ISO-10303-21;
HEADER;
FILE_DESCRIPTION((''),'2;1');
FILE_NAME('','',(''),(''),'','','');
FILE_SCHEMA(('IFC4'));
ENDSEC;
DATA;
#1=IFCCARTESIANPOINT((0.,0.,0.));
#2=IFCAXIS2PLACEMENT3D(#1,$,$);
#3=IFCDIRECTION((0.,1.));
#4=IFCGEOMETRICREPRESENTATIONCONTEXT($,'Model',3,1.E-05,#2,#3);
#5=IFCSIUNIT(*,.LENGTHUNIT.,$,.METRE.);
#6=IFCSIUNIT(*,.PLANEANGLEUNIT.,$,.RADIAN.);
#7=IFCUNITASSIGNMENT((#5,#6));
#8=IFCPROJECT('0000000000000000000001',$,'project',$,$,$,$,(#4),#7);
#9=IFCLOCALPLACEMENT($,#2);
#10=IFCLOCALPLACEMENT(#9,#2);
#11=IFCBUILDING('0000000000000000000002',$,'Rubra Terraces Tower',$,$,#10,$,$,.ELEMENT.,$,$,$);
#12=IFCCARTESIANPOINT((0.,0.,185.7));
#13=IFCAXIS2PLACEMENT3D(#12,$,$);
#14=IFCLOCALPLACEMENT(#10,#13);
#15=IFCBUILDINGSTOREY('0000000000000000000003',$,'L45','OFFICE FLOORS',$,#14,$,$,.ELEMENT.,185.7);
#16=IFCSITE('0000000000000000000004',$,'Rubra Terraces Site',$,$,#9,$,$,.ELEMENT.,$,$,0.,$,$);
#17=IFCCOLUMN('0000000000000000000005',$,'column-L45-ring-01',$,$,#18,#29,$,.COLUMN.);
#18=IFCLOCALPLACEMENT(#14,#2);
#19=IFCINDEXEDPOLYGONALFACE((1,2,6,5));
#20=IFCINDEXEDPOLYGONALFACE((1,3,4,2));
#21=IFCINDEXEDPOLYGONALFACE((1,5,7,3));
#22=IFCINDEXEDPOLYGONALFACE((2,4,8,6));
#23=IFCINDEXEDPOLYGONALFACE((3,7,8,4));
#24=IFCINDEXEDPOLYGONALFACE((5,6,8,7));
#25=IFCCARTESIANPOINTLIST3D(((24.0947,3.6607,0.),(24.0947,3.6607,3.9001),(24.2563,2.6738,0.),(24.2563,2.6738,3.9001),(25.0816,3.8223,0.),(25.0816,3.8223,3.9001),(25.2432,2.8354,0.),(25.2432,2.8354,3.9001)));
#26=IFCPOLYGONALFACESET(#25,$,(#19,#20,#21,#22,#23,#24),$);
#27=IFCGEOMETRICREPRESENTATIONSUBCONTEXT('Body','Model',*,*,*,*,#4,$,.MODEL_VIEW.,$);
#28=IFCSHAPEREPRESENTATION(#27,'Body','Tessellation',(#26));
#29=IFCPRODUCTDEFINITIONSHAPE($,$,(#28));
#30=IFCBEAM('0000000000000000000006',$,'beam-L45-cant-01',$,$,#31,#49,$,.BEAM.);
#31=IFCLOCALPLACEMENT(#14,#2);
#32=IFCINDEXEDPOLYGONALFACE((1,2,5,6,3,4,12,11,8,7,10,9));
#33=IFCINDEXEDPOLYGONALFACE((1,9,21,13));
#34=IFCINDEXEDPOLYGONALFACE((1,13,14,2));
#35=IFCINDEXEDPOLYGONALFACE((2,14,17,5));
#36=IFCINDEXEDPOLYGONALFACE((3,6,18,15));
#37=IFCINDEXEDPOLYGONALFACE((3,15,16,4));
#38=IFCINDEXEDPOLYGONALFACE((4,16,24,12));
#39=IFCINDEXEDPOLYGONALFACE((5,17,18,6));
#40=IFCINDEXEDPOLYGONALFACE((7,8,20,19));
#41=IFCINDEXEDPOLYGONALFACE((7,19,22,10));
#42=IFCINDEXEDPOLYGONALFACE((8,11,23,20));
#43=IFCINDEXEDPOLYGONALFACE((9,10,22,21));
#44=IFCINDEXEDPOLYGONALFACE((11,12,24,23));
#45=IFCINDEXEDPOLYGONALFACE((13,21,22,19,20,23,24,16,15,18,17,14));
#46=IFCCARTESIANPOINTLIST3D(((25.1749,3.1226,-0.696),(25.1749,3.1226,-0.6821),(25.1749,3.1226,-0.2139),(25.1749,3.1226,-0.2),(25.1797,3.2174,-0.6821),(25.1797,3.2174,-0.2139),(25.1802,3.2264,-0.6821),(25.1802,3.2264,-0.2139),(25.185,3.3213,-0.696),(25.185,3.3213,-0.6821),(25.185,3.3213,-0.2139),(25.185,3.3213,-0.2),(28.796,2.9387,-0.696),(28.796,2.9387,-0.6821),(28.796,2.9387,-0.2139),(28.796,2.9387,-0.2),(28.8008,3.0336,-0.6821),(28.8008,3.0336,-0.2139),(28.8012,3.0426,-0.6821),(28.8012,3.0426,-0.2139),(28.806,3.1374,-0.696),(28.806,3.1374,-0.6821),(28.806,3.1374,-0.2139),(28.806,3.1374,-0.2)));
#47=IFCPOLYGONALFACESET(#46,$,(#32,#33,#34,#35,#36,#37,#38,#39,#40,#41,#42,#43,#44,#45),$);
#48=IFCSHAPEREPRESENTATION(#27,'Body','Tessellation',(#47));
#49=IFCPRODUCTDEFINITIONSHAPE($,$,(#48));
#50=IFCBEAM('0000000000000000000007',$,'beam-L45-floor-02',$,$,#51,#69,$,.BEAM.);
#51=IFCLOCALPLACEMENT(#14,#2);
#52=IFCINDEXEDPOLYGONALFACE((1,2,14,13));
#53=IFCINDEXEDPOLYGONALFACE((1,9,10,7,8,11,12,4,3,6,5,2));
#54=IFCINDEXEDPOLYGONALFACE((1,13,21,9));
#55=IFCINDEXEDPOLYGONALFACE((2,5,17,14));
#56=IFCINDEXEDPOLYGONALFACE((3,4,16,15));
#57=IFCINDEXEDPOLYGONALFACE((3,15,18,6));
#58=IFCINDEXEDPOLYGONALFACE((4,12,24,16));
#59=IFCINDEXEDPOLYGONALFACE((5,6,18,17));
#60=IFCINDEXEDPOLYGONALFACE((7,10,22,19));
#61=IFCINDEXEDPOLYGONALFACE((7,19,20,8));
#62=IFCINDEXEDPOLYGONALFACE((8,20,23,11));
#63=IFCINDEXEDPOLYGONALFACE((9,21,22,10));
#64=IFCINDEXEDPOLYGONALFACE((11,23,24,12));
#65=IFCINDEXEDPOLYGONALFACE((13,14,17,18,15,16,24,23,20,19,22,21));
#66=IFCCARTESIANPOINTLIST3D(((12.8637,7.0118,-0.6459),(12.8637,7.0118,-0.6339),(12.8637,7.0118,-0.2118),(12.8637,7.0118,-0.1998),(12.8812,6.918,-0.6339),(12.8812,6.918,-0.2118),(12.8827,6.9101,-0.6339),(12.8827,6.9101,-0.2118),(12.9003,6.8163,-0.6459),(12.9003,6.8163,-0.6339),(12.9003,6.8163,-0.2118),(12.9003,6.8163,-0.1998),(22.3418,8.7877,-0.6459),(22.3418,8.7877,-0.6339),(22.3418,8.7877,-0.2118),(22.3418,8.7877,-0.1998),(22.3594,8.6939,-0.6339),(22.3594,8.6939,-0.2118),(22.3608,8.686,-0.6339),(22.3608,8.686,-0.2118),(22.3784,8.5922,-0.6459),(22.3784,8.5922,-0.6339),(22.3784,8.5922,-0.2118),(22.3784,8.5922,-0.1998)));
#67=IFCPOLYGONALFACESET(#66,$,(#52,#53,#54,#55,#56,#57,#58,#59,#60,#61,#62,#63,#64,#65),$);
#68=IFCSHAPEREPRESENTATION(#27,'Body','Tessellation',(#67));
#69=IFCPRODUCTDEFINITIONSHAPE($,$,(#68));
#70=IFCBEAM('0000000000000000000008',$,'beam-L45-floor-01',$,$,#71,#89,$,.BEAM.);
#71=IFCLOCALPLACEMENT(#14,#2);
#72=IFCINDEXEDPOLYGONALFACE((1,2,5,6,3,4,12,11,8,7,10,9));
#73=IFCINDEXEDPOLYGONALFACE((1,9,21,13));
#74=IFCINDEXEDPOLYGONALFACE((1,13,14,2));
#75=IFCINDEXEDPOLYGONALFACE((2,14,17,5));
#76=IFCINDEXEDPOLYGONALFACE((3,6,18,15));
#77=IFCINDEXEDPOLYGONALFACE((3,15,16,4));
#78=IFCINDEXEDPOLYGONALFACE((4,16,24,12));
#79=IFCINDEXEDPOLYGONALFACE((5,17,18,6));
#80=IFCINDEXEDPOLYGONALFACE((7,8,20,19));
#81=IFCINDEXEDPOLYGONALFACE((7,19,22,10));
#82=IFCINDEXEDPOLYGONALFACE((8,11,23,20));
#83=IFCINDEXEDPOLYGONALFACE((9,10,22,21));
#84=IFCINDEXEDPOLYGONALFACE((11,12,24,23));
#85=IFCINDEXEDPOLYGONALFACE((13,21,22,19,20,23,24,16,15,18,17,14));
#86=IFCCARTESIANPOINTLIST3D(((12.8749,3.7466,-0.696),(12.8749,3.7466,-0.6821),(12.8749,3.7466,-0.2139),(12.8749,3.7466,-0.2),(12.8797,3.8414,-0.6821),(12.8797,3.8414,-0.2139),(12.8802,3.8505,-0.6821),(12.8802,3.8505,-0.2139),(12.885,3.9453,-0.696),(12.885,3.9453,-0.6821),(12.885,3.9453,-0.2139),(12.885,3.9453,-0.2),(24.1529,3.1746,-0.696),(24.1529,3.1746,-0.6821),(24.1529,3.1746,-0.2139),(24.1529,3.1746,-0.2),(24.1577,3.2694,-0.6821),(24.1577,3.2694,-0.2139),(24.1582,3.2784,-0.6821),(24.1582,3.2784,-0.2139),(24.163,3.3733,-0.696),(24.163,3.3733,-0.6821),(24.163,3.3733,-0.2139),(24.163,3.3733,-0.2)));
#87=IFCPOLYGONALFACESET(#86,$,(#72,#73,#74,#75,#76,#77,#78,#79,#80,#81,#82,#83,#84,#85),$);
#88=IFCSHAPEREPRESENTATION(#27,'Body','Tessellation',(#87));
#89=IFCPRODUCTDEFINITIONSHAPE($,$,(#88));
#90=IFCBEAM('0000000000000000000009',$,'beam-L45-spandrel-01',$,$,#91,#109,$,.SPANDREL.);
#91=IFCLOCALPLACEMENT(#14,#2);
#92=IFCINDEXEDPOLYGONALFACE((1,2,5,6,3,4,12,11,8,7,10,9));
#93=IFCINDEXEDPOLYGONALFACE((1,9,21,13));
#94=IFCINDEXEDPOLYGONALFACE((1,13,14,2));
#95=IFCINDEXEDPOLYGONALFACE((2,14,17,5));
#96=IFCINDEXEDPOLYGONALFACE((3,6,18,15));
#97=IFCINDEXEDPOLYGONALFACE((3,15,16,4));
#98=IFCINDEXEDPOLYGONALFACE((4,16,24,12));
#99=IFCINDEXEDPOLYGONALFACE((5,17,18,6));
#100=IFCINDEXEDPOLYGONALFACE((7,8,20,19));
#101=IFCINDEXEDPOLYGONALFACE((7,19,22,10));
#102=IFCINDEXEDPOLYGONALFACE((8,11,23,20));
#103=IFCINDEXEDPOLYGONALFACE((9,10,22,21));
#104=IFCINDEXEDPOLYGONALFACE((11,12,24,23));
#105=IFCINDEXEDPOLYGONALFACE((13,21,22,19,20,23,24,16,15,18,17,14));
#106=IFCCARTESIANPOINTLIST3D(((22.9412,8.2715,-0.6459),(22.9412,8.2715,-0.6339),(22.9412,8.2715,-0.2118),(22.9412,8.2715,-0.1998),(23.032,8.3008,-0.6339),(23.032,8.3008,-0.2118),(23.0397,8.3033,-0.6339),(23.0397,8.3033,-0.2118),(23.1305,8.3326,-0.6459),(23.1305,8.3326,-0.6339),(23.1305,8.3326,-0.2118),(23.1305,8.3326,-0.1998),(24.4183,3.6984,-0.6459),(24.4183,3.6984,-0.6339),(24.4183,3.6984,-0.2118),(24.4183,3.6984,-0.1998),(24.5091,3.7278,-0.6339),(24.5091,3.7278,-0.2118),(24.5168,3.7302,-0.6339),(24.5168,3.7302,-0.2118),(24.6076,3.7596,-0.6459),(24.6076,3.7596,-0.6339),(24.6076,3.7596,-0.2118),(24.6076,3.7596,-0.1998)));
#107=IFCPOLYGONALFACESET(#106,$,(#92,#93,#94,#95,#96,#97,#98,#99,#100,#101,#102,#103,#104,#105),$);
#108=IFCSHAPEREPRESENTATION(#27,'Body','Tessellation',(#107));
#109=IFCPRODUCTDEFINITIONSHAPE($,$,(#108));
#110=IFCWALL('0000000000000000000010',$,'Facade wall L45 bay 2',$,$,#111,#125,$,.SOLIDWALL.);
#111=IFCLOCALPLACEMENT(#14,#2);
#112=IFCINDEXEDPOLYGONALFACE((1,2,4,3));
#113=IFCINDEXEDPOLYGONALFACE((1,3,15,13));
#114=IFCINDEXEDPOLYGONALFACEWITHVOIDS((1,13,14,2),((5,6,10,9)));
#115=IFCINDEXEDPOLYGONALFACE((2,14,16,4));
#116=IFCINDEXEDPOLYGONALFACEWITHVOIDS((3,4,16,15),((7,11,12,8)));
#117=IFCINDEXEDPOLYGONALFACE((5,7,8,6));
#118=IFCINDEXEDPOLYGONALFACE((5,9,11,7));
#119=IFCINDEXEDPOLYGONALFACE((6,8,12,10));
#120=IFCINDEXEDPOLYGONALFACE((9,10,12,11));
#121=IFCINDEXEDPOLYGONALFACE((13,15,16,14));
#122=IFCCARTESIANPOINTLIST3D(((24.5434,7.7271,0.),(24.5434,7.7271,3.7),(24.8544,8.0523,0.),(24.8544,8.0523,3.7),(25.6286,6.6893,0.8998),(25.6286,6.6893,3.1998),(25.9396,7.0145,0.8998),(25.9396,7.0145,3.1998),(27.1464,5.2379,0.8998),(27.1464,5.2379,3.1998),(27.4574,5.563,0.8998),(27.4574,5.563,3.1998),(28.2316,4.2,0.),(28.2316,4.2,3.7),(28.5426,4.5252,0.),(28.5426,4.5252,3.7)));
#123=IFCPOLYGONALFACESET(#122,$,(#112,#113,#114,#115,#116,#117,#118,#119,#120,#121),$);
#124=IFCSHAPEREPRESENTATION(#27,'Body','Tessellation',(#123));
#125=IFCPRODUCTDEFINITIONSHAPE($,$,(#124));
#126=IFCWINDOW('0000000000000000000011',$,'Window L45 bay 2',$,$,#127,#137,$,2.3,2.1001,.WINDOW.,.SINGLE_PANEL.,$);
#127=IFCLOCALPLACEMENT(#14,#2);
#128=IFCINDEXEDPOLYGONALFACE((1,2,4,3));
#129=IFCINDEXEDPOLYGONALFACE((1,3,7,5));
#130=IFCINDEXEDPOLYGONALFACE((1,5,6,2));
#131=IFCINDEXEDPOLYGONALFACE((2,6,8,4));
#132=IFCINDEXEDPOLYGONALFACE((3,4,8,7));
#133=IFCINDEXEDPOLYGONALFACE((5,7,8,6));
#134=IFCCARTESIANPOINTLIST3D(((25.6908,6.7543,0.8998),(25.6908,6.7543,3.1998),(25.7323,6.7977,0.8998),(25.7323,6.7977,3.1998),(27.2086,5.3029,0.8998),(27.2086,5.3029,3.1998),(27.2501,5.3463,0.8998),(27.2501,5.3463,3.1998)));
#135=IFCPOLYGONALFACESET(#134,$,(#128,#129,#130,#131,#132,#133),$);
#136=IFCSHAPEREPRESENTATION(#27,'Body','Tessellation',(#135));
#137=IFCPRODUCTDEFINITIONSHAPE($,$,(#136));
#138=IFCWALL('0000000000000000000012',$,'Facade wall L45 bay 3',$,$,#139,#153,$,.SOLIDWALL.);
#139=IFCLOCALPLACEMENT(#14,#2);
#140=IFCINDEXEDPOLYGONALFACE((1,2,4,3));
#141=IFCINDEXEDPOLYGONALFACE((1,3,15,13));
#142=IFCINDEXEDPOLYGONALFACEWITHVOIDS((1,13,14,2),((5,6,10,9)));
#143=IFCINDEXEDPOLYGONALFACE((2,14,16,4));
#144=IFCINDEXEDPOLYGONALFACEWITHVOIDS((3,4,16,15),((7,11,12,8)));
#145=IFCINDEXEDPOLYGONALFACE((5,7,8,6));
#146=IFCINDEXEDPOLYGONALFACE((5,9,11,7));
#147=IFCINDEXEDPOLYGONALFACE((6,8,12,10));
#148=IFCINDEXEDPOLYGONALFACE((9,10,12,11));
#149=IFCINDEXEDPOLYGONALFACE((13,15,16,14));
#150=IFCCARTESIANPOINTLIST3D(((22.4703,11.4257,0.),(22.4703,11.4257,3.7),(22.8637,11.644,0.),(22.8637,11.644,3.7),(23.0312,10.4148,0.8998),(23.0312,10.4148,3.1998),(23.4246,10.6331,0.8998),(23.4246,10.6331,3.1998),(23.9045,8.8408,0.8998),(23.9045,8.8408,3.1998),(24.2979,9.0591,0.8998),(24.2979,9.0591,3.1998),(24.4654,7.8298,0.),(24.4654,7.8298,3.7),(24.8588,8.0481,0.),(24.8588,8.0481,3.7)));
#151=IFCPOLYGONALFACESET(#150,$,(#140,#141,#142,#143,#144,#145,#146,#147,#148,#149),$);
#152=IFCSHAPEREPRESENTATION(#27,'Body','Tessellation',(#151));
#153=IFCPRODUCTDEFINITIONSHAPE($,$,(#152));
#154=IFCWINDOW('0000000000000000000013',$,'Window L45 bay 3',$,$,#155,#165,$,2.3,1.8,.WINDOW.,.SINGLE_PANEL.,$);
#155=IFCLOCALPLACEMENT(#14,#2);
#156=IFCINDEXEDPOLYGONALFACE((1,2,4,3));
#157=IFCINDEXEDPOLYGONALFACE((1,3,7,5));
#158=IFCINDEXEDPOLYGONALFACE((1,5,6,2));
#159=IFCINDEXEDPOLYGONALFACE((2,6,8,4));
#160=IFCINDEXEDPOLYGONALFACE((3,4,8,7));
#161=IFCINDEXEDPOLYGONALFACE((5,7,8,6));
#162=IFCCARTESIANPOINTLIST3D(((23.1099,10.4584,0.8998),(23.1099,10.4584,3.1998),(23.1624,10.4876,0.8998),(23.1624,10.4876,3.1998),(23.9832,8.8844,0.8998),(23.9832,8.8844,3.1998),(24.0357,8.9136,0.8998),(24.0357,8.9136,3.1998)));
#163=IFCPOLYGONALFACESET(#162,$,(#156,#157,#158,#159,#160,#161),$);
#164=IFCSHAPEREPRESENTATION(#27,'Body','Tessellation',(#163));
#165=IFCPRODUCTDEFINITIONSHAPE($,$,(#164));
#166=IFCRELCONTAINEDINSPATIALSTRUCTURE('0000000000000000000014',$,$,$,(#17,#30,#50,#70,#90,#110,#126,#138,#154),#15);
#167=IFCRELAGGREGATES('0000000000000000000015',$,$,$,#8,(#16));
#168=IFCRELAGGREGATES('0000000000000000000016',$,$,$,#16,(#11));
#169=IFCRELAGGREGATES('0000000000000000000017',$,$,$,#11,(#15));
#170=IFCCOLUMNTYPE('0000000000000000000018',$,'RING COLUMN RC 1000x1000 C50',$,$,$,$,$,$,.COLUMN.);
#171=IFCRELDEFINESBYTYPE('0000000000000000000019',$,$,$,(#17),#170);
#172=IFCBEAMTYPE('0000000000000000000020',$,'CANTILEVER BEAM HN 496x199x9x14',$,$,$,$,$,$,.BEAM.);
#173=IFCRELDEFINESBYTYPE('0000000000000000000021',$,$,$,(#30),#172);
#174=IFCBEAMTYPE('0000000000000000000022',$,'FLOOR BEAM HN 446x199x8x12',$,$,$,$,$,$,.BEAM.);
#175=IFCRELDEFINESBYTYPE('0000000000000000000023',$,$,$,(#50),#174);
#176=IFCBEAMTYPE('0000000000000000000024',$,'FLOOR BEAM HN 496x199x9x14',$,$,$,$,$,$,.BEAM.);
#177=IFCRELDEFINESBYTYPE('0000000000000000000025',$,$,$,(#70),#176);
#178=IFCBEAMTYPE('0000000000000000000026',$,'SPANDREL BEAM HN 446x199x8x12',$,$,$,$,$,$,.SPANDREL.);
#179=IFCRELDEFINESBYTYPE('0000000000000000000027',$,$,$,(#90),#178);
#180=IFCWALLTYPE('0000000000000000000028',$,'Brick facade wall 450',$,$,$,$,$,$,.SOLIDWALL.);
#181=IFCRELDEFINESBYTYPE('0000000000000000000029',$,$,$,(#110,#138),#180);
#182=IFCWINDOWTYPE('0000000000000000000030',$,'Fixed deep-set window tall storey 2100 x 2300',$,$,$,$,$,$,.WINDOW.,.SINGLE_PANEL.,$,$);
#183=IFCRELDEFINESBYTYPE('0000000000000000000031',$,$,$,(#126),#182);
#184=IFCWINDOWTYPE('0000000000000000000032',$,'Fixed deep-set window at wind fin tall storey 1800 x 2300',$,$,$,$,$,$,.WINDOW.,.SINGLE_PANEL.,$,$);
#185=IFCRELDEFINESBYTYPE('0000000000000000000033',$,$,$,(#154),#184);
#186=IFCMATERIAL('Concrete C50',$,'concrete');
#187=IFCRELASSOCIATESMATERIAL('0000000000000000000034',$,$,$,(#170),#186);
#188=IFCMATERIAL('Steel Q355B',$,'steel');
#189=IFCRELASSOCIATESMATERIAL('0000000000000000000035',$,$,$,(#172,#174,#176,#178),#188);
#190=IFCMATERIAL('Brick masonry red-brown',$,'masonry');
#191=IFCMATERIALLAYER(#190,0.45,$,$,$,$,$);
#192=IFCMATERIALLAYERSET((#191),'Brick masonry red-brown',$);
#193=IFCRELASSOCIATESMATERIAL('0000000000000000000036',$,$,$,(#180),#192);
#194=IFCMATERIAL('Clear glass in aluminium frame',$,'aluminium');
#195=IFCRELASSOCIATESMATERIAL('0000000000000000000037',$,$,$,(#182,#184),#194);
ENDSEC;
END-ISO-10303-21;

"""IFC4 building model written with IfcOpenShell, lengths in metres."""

from ifc_helpers import new_model, si_unit, direction, frame, frame_2d, origin, origin_2d, place, context, subcontext, project, spatial, rectangle, i_section, extrude, material, layer, layer_set, material_profile, profile_set, type_object, element, fill, save


model = new_model("IFC4")

# Units and contexts
model_context = context("Model", 3, precision=1e-05, world=origin(), true_north=direction((0.0, 1.0)))
body_context = subcontext(model_context, "Body", "Model", "MODEL_VIEW")
ifc_project = project(units=[si_unit("LENGTHUNIT", "METRE"), si_unit("PLANEANGLEUNIT", "RADIAN")], contexts=[model_context])

# Site, building, storey
site_placement = place(None, origin())
site = spatial("IfcSite", under=ifc_project, at=site_placement, Name="Rubra Terraces Site", CompositionType="ELEMENT", RefElevation=0.0)
building_placement = place(site_placement, origin())
building = spatial("IfcBuilding", under=site, at=building_placement, Name="Rubra Terraces Tower", CompositionType="ELEMENT")
storey_placement = place(building_placement, frame((0.0, 0.0, 185.7)))
storey = spatial("IfcBuildingStorey", under=building, at=storey_placement, Name="L45", Description="OFFICE FLOORS", CompositionType="ELEMENT", Elevation=185.7)

# Column
ifc_material_1 = material(Name="Concrete C50", Category="concrete")
ifc_material_profile_1 = material_profile(ifc_material_1, rectangle(XDim=1.0, YDim=1.0, at=origin_2d()), Name="RC 1000x1000")
ifc_profile_set_1 = profile_set([ifc_material_profile_1], Name="Concrete C50")
column_type = type_object("IfcColumnType", Name="RING COLUMN RC 1000x1000 C50", PredefinedType="COLUMN", material=ifc_profile_set_1)
column_placement = place(storey_placement, frame((24.6689, 3.248, 0.0), z_axis=(0.0, 0.0, 1.0), x_axis=(-0.161559, 0.986863, 0.0)))
element("IfcColumn", 1, at=column_placement, inside=storey, type_object=column_type, Name="column-L45-ring-01", PredefinedType="COLUMN", context=body_context, shape_type="SweptSolid", body=[
    extrude(rectangle(XDim=1.0, YDim=1.0, at=origin_2d()), origin(), (0.0, 0.0, 1.0), 3.9001),
])

# Beams
ifc_material_2 = material(Name="Steel Q355B", Category="steel")
ifc_material_profile_2 = material_profile(ifc_material_2, i_section(OverallWidth=0.199, OverallDepth=0.4961, WebThickness=0.009, FlangeThickness=0.0139, at=origin_2d()), Name="HN 496x199x9x14")
ifc_profile_set_2 = profile_set([ifc_material_profile_2], Name="Steel Q355B")
beam_type_1 = type_object("IfcBeamType", Name="CANTILEVER BEAM HN 496x199x9x14", PredefinedType="BEAM", material=ifc_profile_set_2)
beam_1_placement = place(storey_placement, frame((25.1799, 3.2219, -0.448), z_axis=(0.998714, -0.050703, 0.0), x_axis=(0.050703, 0.998714, 0.0)))
element("IfcBeam", 2, at=beam_1_placement, inside=storey, type_object=beam_type_1, Name="beam-L45-cant-01", PredefinedType="BEAM", context=body_context, shape_type="SweptSolid", body=[
    extrude(i_section(OverallWidth=0.199, OverallDepth=0.4961, WebThickness=0.009, FlangeThickness=0.0139, at=origin_2d()), origin(), (0.0, 0.0, 1.0), 3.6257),
])
ifc_material_profile_3 = material_profile(ifc_material_2, i_section(OverallWidth=0.199, OverallDepth=0.446, WebThickness=0.0081, FlangeThickness=0.012, at=origin_2d()), Name="HN 446x199x8x12")
ifc_profile_set_3 = profile_set([ifc_material_profile_3], Name="Steel Q355B")
beam_type_2 = type_object("IfcBeamType", Name="FLOOR BEAM HN 446x199x8x12", PredefinedType="BEAM", material=ifc_profile_set_3)
beam_2_placement = place(storey_placement, frame((22.3601, 8.6899, -0.4229), z_axis=(-0.982896, -0.184163, 0.0), x_axis=(0.184163, -0.982896, 0.0)))
element("IfcBeam", 3, at=beam_2_placement, inside=storey, type_object=beam_type_2, Name="beam-L45-floor-02", PredefinedType="BEAM", context=body_context, shape_type="SweptSolid", body=[
    extrude(i_section(OverallWidth=0.199, OverallDepth=0.446, WebThickness=0.0081, FlangeThickness=0.012, at=origin_2d()), origin(), (0.0, 0.0, 1.0), 9.6431),
])
ifc_material_profile_4 = material_profile(ifc_material_2, i_section(OverallWidth=0.199, OverallDepth=0.4961, WebThickness=0.009, FlangeThickness=0.0139, at=origin_2d()), Name="HN 496x199x9x14")
ifc_profile_set_4 = profile_set([ifc_material_profile_4], Name="Steel Q355B")
beam_type_3 = type_object("IfcBeamType", Name="FLOOR BEAM HN 496x199x9x14", PredefinedType="BEAM", material=ifc_profile_set_4)
beam_3_placement = place(storey_placement, frame((24.158, 3.2739, -0.448), z_axis=(-0.998716, 0.050655, 0.0), x_axis=(-0.050655, -0.998716, 0.0)))
element("IfcBeam", 4, at=beam_3_placement, inside=storey, type_object=beam_type_3, Name="beam-L45-floor-01", PredefinedType="BEAM", context=body_context, shape_type="SweptSolid", body=[
    extrude(i_section(OverallWidth=0.199, OverallDepth=0.4961, WebThickness=0.009, FlangeThickness=0.0139, at=origin_2d()), origin(), (0.0, 0.0, 1.0), 11.2925),
])
ifc_material_profile_5 = material_profile(ifc_material_2, i_section(OverallWidth=0.199, OverallDepth=0.446, WebThickness=0.0081, FlangeThickness=0.012, at=origin_2d()), Name="HN 446x199x8x12")
ifc_profile_set_5 = profile_set([ifc_material_profile_5], Name="Steel Q355B")
beam_type_4 = type_object("IfcBeamType", Name="SPANDREL BEAM HN 446x199x8x12", PredefinedType="SPANDREL", material=ifc_profile_set_5)
beam_4_placement = place(storey_placement, frame((24.5129, 3.729, -0.4229), z_axis=(-0.307359, 0.951594, 0.0), x_axis=(-0.951594, -0.307359, 0.0)))
element("IfcBeam", 5, at=beam_4_placement, inside=storey, type_object=beam_type_4, Name="beam-L45-spandrel-01", PredefinedType="SPANDREL", context=body_context, shape_type="SweptSolid", body=[
    extrude(i_section(OverallWidth=0.199, OverallDepth=0.446, WebThickness=0.0081, FlangeThickness=0.012, at=origin_2d()), origin(), (0.0, 0.0, 1.0), 4.8057),
])

# Walls, openings, windows
ifc_material_3 = material(Name="Brick masonry red-brown", Category="masonry")
ifc_layer_1 = layer(ifc_material_3, 0.45)
ifc_layer_set_1 = layer_set([ifc_layer_1], Name="Brick masonry red-brown")
wall_type_1 = type_object("IfcWallType", Name="Brick facade wall 450", PredefinedType="SOLIDWALL", material=ifc_layer_set_1)
wall_1_placement = place(storey_placement, frame((28.3872, 4.3625, 0.0), z_axis=(0.0, 0.0, 1.0), x_axis=(-0.722718, 0.691143, 0.0)))
wall_1 = element("IfcWall", 6, at=wall_1_placement, inside=storey, type_object=wall_type_1, Name="Facade wall L45 bay 2", PredefinedType="SOLIDWALL", context=body_context, shape_type="SweptSolid", body=[
    extrude(rectangle(XDim=5.1033, YDim=0.45, at=frame_2d((2.5518, 0.0))), origin(), (0.0, 0.0, 1.0), 3.7),
])
opening_1_placement = place(wall_1_placement, frame((1.5017, 0.0, 0.8999)))
opening_1 = element("IfcOpeningElement", 7, at=opening_1_placement, cuts=wall_1, PredefinedType="OPENING", context=body_context, shape_type="SweptSolid", body=[
    extrude(rectangle(XDim=2.1001, YDim=2.3, at=frame_2d((1.05, 1.1499))), frame((0.0, 0.2349, 0.0), z_axis=(0.0, -1.0, 0.0), x_axis=(1.0, 0.0, 0.0)), (0.0, 0.0, 1.0), 0.47),
])
ifc_material_4 = material(Name="Clear glass in aluminium frame", Category="aluminium")
window_type_1 = type_object("IfcWindowType", Name="Fixed deep-set window tall storey 2100 x 2300", PartitioningType="SINGLE_PANEL", PredefinedType="WINDOW", material=ifc_material_4)
window_1_placement = place(opening_1_placement, origin())
window_1 = element("IfcWindow", 8, at=window_1_placement, inside=storey, type_object=window_type_1, Name="Window L45 bay 2", OverallHeight=2.3, OverallWidth=2.1001, PartitioningType="SINGLE_PANEL", PredefinedType="WINDOW", context=body_context, shape_type="SweptSolid", body=[
    extrude(rectangle(XDim=2.1001, YDim=2.3, at=frame_2d((1.05, 1.1499))), frame((0.0, 0.135, 0.0), z_axis=(0.0, -1.0, 0.0), x_axis=(1.0, 0.0, 0.0)), (0.0, 0.0, 1.0), 0.0601),
])
fill(opening_1, window_1)
wall_2_placement = place(storey_placement, frame((24.6621, 7.939, 0.0), z_axis=(0.0, 0.0, 1.0), x_axis=(-0.485154, 0.874429, 0.0)))
wall_2 = element("IfcWall", 9, at=wall_2_placement, inside=storey, type_object=wall_type_1, Name="Facade wall L45 bay 3", PredefinedType="SOLIDWALL", context=body_context, shape_type="SweptSolid", body=[
    extrude(rectangle(XDim=4.1123, YDim=0.45, at=frame_2d((2.0562, 0.0))), origin(), (0.0, 0.0, 1.0), 3.7),
])
opening_2_placement = place(wall_2_placement, frame((1.1562, 0.0, 0.8999)))
opening_2 = element("IfcOpeningElement", 10, at=opening_2_placement, cuts=wall_2, PredefinedType="OPENING", context=body_context, shape_type="SweptSolid", body=[
    extrude(rectangle(XDim=1.8, YDim=2.3, at=frame_2d((0.8999, 1.1499))), frame((0.0, 0.2349, 0.0), z_axis=(0.0, -1.0, 0.0), x_axis=(1.0, 0.0, 0.0)), (0.0, 0.0, 1.0), 0.47),
])
window_type_2 = type_object("IfcWindowType", Name="Fixed deep-set window at wind fin tall storey 1800 x 2300", PartitioningType="SINGLE_PANEL", PredefinedType="WINDOW", material=ifc_material_4)
window_2_placement = place(opening_2_placement, origin())
window_2 = element("IfcWindow", 11, at=window_2_placement, inside=storey, type_object=window_type_2, Name="Window L45 bay 3", OverallHeight=2.3, OverallWidth=1.8, PartitioningType="SINGLE_PANEL", PredefinedType="WINDOW", context=body_context, shape_type="SweptSolid", body=[
    extrude(rectangle(XDim=1.8, YDim=2.3, at=frame_2d((0.8999, 1.1499))), frame((0.0, 0.135, 0.0), z_axis=(0.0, -1.0, 0.0), x_axis=(1.0, 0.0, 0.0)), (0.0, 0.0, 1.0), 0.0601),
])
fill(opening_2, window_2)

save(model, "model.ifc")
